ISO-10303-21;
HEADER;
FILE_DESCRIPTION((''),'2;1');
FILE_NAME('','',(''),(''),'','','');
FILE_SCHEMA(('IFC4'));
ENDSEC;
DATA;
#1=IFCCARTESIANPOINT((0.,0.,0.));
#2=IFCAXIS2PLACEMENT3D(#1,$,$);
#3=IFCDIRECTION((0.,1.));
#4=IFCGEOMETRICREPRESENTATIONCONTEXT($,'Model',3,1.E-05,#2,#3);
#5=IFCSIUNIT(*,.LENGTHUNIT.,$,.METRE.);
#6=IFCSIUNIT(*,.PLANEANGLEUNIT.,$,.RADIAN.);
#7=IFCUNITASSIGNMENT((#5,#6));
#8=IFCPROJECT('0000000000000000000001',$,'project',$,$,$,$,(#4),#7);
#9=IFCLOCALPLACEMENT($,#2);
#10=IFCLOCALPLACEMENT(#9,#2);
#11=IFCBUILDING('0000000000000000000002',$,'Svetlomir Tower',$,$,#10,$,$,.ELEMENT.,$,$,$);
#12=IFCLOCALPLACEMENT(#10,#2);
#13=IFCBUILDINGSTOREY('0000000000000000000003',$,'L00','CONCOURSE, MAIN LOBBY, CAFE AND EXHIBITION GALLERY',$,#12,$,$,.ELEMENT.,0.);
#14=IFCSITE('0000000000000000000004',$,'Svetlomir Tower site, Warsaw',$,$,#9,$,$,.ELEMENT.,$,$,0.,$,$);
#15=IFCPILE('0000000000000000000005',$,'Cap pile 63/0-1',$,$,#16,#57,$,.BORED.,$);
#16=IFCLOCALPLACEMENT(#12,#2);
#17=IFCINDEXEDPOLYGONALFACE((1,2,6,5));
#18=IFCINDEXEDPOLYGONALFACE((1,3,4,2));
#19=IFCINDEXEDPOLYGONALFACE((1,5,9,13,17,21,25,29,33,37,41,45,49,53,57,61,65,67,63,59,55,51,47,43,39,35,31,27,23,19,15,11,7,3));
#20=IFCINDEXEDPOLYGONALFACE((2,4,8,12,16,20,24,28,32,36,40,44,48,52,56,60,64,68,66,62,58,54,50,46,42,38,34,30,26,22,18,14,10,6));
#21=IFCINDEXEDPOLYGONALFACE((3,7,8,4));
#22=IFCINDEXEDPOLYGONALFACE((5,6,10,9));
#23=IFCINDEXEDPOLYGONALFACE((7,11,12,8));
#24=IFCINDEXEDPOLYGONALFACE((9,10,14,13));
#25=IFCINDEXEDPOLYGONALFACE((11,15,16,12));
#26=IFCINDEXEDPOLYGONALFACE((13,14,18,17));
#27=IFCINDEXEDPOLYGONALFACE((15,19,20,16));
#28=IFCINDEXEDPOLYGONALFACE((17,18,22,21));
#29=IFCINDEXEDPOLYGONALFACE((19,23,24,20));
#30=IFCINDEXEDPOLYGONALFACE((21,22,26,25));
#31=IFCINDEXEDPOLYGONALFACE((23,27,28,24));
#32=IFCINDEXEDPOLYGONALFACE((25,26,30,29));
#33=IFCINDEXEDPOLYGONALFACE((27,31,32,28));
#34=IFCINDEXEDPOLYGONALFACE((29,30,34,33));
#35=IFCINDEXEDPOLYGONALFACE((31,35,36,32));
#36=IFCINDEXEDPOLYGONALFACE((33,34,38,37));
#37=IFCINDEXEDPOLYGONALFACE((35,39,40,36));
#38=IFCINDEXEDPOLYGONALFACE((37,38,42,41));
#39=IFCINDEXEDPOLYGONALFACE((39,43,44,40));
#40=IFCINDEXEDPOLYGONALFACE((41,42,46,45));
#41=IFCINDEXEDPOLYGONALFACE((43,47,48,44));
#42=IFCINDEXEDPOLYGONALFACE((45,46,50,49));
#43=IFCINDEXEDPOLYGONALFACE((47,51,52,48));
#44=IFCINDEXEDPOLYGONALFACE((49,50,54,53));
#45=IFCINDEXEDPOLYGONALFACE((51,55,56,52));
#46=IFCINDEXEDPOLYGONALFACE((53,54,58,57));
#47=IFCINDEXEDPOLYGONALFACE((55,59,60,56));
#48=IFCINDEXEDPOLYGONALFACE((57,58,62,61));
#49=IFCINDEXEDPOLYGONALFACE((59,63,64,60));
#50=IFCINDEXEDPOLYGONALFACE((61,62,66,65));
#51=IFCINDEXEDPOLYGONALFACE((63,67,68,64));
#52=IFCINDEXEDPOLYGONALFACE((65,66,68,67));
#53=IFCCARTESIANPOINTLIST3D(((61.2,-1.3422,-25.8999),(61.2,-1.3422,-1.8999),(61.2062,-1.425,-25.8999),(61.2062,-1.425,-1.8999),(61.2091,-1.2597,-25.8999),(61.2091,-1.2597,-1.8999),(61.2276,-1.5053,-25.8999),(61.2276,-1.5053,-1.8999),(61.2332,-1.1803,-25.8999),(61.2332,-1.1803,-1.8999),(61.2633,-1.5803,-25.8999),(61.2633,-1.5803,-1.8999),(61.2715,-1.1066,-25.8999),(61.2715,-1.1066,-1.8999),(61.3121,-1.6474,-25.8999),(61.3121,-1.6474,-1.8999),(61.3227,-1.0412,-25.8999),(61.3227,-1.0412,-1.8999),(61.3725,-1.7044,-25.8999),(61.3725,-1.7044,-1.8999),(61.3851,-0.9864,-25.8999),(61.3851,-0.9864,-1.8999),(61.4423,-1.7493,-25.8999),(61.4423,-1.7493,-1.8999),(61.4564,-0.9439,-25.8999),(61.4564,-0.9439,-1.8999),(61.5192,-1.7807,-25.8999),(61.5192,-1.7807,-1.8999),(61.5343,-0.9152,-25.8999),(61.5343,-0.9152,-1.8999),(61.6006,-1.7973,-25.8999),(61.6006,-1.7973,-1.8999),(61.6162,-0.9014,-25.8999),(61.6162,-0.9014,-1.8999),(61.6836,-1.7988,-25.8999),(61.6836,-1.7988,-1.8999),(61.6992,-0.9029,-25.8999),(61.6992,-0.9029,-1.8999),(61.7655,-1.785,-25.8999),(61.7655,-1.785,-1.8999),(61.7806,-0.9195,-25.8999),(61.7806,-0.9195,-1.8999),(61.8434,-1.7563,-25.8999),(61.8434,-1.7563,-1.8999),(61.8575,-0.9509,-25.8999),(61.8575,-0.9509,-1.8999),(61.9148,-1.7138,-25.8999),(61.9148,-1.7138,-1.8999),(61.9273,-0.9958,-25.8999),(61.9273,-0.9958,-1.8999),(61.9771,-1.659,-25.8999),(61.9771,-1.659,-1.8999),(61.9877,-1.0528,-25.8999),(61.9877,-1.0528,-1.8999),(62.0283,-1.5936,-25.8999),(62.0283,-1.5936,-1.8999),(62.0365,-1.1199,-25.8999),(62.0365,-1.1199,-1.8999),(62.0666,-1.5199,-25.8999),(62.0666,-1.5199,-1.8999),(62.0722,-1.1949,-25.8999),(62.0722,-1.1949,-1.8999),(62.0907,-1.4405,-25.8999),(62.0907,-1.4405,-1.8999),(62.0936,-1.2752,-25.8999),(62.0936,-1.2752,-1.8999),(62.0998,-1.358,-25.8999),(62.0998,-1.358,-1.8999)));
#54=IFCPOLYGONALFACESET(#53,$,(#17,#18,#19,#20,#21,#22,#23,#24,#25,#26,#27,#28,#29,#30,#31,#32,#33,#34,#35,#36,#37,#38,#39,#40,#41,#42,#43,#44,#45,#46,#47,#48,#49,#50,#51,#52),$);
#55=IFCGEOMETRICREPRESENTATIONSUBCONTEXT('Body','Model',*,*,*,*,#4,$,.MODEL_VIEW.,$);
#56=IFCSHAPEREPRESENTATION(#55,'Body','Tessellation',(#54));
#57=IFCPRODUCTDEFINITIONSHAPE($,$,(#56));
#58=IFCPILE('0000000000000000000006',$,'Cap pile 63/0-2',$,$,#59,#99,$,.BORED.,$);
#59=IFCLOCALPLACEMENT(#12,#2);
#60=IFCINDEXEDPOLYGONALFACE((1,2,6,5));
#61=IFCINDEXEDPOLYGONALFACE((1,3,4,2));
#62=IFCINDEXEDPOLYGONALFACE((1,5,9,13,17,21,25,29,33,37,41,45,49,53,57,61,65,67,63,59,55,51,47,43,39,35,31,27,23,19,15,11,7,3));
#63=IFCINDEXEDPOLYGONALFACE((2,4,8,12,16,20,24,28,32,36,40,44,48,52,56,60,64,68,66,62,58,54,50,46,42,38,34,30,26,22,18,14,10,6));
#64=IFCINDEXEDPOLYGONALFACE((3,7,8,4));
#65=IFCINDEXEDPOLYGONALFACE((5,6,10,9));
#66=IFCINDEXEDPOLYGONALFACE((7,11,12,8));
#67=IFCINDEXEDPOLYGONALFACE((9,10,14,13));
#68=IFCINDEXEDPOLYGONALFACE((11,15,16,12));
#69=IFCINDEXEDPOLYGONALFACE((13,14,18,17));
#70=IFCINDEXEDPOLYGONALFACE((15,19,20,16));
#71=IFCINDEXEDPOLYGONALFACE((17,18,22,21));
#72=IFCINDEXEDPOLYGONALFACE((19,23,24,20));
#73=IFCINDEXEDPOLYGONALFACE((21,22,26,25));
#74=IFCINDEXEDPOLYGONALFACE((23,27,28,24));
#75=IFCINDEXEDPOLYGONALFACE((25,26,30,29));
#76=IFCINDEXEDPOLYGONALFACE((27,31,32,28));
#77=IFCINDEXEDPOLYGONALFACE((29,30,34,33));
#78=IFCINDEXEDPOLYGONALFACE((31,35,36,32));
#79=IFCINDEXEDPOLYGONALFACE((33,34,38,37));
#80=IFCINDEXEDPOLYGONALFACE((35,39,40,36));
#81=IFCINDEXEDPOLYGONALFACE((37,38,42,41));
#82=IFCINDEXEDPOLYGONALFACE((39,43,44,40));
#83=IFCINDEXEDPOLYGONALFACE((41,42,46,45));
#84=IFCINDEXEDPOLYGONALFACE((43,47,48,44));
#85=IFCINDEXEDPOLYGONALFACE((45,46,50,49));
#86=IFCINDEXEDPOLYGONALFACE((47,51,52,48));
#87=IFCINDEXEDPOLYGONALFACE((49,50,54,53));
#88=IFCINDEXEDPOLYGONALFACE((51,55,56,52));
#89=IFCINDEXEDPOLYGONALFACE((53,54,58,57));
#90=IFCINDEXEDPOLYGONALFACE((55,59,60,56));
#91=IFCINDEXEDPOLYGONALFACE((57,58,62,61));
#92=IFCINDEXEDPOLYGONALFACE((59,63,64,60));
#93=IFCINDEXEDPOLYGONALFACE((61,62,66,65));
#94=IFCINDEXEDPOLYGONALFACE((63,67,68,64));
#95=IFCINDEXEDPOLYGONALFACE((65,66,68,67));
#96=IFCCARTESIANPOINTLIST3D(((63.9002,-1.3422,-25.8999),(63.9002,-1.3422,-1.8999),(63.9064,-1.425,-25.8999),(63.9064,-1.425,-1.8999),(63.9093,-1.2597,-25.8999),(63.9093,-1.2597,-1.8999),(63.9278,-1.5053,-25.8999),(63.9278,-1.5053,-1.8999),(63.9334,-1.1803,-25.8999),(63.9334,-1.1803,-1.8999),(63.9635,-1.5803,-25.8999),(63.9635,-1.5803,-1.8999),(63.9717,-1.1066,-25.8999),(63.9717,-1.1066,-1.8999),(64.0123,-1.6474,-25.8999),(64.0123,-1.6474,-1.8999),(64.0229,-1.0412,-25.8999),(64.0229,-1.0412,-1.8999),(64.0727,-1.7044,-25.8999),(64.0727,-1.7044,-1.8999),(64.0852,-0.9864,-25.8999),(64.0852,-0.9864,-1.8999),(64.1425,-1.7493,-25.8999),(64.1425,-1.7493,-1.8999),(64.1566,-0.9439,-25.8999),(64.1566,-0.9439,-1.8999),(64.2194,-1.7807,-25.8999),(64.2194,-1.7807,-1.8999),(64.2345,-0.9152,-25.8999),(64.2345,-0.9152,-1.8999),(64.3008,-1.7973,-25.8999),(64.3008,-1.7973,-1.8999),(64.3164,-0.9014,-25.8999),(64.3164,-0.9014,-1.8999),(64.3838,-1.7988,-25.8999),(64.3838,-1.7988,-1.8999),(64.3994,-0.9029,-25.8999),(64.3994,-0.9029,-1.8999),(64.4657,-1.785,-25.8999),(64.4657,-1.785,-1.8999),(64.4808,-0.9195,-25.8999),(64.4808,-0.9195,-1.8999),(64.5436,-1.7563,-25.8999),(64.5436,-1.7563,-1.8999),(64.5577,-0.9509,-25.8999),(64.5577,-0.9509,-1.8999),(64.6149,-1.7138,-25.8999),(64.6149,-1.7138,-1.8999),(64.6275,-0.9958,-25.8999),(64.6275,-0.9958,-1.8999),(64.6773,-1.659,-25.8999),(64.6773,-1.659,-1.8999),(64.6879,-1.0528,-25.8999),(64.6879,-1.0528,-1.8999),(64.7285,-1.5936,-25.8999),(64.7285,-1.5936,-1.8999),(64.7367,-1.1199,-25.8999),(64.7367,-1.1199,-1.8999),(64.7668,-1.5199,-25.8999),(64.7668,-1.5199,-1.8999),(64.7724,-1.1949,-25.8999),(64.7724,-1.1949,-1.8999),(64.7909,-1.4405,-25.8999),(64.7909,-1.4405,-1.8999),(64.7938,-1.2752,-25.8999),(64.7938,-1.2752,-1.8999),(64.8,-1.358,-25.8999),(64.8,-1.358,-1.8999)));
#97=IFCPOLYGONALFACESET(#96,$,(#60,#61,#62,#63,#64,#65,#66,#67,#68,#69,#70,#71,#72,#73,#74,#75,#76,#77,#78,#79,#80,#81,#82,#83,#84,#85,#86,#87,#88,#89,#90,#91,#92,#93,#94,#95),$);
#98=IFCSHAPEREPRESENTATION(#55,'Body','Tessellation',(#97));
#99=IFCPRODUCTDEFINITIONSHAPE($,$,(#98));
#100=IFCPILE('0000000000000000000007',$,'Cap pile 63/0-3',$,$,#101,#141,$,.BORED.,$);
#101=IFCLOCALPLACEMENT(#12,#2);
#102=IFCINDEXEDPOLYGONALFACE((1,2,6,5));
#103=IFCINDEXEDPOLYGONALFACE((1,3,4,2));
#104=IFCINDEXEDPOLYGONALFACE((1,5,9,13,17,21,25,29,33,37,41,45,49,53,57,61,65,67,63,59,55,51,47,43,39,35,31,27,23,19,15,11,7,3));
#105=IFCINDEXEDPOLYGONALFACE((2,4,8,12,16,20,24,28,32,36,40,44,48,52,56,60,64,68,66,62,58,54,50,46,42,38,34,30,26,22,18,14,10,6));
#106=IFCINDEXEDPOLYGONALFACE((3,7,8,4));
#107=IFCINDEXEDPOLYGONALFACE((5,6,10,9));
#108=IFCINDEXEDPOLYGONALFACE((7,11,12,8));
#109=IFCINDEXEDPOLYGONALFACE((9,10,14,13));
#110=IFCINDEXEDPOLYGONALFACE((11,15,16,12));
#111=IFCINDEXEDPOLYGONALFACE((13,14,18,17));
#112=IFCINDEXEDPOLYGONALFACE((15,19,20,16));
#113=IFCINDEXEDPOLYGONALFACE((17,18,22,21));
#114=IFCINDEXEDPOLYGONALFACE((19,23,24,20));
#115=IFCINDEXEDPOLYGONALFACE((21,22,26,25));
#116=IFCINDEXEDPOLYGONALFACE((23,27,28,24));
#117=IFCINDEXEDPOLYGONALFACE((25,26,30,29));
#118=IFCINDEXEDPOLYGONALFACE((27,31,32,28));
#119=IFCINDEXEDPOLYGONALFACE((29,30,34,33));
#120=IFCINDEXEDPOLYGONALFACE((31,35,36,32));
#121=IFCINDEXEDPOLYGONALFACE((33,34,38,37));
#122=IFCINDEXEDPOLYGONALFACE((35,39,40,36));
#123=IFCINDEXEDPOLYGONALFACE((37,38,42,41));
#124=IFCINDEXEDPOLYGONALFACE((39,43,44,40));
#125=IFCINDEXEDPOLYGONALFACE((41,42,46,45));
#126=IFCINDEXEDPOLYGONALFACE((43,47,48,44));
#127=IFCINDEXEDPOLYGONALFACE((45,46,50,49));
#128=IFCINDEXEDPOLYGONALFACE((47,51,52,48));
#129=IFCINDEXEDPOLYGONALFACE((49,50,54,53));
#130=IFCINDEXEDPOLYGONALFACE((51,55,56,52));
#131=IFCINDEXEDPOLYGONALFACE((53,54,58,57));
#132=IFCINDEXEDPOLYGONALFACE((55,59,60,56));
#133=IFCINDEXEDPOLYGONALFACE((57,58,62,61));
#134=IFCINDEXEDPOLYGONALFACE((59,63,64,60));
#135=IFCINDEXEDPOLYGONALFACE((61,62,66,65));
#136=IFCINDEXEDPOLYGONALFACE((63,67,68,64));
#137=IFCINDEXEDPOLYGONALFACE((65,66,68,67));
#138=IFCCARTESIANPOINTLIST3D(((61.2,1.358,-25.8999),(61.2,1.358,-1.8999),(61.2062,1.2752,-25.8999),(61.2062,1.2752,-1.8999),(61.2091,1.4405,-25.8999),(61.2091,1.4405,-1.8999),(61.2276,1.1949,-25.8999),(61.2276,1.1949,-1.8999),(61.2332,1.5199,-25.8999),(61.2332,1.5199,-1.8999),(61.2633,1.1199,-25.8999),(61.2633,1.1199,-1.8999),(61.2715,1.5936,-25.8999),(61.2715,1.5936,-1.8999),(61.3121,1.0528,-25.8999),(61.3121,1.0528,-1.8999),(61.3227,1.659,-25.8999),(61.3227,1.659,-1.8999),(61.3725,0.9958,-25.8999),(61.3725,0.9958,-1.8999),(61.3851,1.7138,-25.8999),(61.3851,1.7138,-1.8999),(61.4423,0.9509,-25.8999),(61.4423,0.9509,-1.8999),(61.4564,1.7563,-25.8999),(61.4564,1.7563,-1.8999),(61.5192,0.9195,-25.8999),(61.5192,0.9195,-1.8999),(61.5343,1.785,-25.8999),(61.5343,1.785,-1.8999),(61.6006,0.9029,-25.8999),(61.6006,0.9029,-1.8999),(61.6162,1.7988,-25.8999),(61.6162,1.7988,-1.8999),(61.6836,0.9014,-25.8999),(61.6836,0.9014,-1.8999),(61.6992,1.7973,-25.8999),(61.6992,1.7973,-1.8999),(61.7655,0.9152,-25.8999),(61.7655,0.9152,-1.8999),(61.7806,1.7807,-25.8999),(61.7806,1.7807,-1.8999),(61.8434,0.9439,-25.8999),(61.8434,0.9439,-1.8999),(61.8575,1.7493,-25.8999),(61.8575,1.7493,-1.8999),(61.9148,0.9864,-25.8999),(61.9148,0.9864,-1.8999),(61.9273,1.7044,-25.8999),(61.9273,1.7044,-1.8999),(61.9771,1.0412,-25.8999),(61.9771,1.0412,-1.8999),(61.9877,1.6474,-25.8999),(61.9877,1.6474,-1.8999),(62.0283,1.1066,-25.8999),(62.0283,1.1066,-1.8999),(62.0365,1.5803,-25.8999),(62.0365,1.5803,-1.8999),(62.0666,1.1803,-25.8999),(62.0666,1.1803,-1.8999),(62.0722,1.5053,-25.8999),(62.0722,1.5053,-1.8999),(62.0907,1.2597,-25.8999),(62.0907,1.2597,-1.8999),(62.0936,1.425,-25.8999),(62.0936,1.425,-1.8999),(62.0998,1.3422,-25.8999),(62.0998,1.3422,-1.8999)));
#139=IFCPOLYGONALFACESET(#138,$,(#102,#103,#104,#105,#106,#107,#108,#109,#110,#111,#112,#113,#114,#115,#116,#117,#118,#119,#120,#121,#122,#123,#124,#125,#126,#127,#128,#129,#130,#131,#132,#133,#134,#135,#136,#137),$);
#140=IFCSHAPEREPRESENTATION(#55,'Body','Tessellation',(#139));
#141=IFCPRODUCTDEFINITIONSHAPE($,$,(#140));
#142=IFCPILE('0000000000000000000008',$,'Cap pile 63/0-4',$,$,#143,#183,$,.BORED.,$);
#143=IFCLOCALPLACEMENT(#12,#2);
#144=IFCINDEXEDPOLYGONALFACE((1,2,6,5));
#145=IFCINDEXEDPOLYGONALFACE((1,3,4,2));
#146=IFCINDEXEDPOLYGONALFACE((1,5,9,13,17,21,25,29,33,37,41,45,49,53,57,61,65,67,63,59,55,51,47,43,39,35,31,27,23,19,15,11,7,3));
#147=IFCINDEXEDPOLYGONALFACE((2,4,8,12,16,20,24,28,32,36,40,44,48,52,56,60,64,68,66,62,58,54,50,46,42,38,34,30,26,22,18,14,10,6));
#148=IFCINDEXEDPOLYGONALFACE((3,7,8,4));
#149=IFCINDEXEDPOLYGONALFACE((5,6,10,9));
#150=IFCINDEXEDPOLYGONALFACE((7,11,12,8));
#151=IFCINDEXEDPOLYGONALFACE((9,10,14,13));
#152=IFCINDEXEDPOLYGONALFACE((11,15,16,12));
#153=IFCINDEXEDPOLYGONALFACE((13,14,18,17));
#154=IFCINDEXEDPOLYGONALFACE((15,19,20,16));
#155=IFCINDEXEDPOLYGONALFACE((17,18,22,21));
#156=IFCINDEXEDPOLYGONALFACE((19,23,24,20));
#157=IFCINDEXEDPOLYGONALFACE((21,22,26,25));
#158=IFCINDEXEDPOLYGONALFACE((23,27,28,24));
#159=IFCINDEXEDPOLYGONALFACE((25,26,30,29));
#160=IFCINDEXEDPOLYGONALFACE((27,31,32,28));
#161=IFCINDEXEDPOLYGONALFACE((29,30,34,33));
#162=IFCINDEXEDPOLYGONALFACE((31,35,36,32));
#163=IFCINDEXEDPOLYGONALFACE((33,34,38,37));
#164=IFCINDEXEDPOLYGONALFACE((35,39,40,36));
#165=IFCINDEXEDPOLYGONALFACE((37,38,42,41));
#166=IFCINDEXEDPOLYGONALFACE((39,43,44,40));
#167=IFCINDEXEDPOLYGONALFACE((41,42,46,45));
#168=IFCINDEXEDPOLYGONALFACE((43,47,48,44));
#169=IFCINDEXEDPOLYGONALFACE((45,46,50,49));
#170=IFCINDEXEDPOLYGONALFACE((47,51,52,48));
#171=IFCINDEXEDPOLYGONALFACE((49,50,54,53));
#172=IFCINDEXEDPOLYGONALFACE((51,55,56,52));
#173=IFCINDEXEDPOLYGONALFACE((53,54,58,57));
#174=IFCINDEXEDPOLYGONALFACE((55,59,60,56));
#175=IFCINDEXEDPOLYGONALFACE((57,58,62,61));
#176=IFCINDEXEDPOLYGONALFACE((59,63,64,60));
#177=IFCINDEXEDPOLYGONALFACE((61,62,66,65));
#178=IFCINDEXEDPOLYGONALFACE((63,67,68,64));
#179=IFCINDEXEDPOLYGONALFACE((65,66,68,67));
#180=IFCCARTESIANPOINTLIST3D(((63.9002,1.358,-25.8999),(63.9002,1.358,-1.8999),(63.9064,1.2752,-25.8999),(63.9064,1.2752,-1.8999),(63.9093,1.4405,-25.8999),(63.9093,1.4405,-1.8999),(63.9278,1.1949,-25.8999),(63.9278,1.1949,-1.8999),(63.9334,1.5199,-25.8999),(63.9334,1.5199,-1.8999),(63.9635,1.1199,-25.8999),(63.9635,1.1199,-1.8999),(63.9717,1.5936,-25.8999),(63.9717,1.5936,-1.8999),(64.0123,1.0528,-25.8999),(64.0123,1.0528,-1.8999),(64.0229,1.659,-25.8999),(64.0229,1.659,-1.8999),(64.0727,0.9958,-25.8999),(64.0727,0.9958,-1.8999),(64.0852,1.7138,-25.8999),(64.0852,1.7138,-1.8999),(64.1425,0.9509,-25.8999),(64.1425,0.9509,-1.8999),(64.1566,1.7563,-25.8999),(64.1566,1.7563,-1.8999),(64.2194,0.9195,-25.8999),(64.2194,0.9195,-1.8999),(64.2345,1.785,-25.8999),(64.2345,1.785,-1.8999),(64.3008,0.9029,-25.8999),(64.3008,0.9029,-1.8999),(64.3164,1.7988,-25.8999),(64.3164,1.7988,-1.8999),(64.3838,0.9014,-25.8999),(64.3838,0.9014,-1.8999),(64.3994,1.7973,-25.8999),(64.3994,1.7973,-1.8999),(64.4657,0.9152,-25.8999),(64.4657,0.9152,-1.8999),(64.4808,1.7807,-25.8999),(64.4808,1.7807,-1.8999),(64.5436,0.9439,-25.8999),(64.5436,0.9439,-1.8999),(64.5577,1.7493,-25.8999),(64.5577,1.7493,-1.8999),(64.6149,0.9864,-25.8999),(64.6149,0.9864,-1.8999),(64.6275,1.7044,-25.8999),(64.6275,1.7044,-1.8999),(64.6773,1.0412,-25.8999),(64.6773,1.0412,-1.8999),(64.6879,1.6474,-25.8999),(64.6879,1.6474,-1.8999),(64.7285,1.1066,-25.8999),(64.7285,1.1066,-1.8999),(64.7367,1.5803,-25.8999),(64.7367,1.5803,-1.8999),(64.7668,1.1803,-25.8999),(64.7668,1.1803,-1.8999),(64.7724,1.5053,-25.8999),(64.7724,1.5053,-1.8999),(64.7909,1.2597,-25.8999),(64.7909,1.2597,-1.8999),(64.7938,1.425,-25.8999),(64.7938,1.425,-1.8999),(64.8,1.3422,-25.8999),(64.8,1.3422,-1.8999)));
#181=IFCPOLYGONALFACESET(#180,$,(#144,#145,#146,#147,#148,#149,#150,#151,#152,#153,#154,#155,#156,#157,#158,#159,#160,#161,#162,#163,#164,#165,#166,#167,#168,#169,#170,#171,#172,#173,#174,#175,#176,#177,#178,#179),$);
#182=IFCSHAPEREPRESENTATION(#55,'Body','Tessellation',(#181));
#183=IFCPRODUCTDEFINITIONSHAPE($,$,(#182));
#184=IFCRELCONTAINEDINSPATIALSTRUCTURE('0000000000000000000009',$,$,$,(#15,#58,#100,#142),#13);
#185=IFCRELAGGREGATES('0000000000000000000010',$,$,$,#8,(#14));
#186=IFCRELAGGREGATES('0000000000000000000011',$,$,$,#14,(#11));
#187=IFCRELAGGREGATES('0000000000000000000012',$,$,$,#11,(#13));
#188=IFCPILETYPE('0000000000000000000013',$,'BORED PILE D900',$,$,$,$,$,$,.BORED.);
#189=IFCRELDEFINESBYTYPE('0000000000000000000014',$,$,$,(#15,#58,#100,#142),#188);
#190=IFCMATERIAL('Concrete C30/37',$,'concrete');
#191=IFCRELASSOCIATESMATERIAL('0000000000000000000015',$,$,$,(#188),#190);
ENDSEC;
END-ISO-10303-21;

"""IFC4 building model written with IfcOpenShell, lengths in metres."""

from ifc_helpers import new_model, si_unit, direction, frame, frame_2d, origin, origin_2d, place, context, subcontext, project, spatial, circle, extrude, material, material_profile, profile_set, type_object, element, save


model = new_model("IFC4")

# Units and contexts
model_context = context("Model", 3, precision=1e-05, world=origin(), true_north=direction((0.0, 1.0)))
body_context = subcontext(model_context, "Body", "Model", "MODEL_VIEW")
ifc_project = project(units=[si_unit("LENGTHUNIT", "METRE"), si_unit("PLANEANGLEUNIT", "RADIAN")], contexts=[model_context])

# Site, building, storey
site_placement = place(None, origin())
site = spatial("IfcSite", under=ifc_project, at=site_placement, Name="Svetlomir Tower site, Warsaw", CompositionType="ELEMENT", RefElevation=0.0)
building_placement = place(site_placement, origin())
building = spatial("IfcBuilding", under=site, at=building_placement, Name="Svetlomir Tower", CompositionType="ELEMENT")
storey_placement = place(building_placement, origin())
storey = spatial("IfcBuildingStorey", under=building, at=storey_placement, Name="L00", Description="CONCOURSE, MAIN LOBBY, CAFE AND EXHIBITION GALLERY", CompositionType="ELEMENT", Elevation=0.0)

# Piles
ifc_material_1 = material(Name="Concrete C30/37", Category="concrete")
ifc_material_profile_1 = material_profile(ifc_material_1, circle(Radius=0.45, at=origin_2d()), Name="RC D900")
ifc_profile_set_1 = profile_set([ifc_material_profile_1], Name="Concrete C30/37")
pile_type = type_object("IfcPileType", Name="BORED PILE D900", PredefinedType="BORED", material=ifc_profile_set_1)
for number, where, z_axis, x_axis, name in (
    (1, (61.6499, -1.3501, -1.8999), (0.0, 0.0, -1.0), (1.0, 0.0, 0.0), "Cap pile 63/0-1"),
    (2, (64.3501, -1.3501, -1.8999), (0.0, 0.0, -1.0), (1.0, 0.0, 0.0), "Cap pile 63/0-2"),
    (3, (61.6499, 1.3501, -1.8999), (0.0, 0.0, -1.0), (1.0, 0.0, 0.0), "Cap pile 63/0-3"),
    (4, (64.3501, 1.3501, -1.8999), (0.0, 0.0, -1.0), (1.0, 0.0, 0.0), "Cap pile 63/0-4"),
):
    element("IfcPile", number, at=place(storey_placement, frame(where, z_axis=z_axis, x_axis=x_axis)), inside=storey, type_object=pile_type, Name=name, PredefinedType="BORED", context=body_context, shape_type="SweptSolid", body=[
        extrude(circle(Radius=0.45, at=frame_2d((0.0, 0.0), x_axis=(0.999848, 0.017452))), origin(), (0.0, 0.0, 1.0), 24.0),
    ])

save(model, "model.ifc")
